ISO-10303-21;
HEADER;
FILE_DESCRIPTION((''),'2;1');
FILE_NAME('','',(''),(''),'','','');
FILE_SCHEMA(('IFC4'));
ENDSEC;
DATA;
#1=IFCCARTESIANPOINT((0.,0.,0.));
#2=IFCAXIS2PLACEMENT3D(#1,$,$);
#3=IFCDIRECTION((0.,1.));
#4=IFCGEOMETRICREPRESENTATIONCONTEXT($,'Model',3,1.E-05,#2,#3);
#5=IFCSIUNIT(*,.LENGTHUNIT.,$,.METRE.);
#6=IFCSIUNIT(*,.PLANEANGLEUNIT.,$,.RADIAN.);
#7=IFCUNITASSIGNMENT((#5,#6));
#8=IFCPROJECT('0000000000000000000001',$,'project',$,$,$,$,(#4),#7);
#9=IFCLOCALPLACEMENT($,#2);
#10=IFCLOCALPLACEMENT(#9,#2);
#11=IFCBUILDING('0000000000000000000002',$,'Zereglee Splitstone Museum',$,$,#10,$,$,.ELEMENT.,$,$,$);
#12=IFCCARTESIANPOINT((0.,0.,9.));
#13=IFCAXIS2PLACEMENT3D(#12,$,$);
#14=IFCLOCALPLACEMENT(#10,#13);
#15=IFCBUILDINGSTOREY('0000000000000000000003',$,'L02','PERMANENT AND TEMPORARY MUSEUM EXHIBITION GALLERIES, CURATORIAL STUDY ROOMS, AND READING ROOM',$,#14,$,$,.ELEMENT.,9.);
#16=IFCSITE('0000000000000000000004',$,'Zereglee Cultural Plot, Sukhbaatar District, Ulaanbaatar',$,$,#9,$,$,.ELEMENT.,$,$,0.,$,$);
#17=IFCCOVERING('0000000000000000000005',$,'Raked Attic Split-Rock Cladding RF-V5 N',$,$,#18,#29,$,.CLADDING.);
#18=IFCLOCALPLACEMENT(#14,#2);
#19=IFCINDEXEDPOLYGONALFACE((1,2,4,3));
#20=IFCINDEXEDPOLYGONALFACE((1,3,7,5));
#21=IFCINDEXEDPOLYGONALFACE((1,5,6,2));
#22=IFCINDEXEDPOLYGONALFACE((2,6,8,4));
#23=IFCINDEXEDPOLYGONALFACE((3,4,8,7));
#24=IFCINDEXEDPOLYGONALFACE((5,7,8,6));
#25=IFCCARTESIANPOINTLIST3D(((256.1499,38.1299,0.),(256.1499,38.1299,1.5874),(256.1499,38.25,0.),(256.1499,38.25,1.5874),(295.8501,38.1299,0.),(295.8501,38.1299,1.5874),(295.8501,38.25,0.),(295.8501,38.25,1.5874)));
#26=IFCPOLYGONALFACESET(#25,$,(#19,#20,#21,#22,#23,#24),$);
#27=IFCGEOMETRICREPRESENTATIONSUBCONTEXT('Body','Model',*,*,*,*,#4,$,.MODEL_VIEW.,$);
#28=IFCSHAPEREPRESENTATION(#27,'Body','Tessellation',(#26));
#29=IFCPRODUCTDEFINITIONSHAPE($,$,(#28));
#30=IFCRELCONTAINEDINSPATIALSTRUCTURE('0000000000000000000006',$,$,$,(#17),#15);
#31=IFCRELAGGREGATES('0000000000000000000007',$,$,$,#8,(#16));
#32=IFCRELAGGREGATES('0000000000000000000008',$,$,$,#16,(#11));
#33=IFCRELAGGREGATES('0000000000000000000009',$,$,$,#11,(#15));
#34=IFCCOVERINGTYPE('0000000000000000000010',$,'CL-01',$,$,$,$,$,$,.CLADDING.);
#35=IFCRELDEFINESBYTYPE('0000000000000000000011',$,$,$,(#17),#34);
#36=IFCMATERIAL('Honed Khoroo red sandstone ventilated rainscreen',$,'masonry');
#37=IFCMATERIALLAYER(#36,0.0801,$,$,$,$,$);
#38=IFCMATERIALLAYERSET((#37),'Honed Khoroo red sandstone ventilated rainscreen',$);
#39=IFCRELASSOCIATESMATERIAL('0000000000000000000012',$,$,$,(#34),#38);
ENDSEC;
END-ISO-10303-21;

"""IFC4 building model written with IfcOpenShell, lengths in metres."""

from ifc_helpers import new_model, si_unit, direction, frame, origin, place, context, subcontext, project, spatial, polyline, outline, extrude, material, layer, layer_set, type_object, element, save


model = new_model("IFC4")

# Units and contexts
model_context = context("Model", 3, precision=1e-05, world=origin(), true_north=direction((0.0, 1.0)))
body_context = subcontext(model_context, "Body", "Model", "MODEL_VIEW")
ifc_project = project(units=[si_unit("LENGTHUNIT", "METRE"), si_unit("PLANEANGLEUNIT", "RADIAN")], contexts=[model_context])

# Site, building, storey
site_placement = place(None, origin())
site = spatial("IfcSite", under=ifc_project, at=site_placement, Name="Zereglee Cultural Plot, Sukhbaatar District, Ulaanbaatar", CompositionType="ELEMENT", RefElevation=0.0)
building_placement = place(site_placement, origin())
building = spatial("IfcBuilding", under=site, at=building_placement, Name="Zereglee Splitstone Museum", CompositionType="ELEMENT")
storey_placement = place(building_placement, frame((0.0, 0.0, 9.0)))
storey = spatial("IfcBuildingStorey", under=building, at=storey_placement, Name="L02", Description="PERMANENT AND TEMPORARY MUSEUM EXHIBITION GALLERIES, CURATORIAL STUDY ROOMS, AND READING ROOM", CompositionType="ELEMENT", Elevation=9.0)

# Covering
ifc_material_1 = material(Name="Honed Khoroo red sandstone ventilated rainscreen", Category="masonry")
ifc_layer_1 = layer(ifc_material_1, 0.0801)
ifc_layer_set_1 = layer_set([ifc_layer_1], Name="Honed Khoroo red sandstone ventilated rainscreen")
covering_type_1 = type_object("IfcCoveringType", Name="CL-01", PredefinedType="CLADDING", material=ifc_layer_set_1)
covering_1_placement = place(storey_placement, frame((256.1499, 38.25, 1.5874), z_axis=(0.0, 1.0, 0.0), x_axis=(1.0, 0.0, 0.0)))
element("IfcCovering", 1, at=covering_1_placement, inside=storey, type_object=covering_type_1, Name="Raked Attic Split-Rock Cladding RF-V5 N", PredefinedType="CLADDING", context=body_context, shape_type="SweptSolid", body=[
    extrude(outline(polyline([(0.0, 0.0), (39.7002, 0.0), (39.7002, 1.5874), (0.0, 1.5874), (0.0, 0.0)])), origin(), (0.0, 0.0, -1.0), 0.1201),
])

save(model, "model.ifc")
